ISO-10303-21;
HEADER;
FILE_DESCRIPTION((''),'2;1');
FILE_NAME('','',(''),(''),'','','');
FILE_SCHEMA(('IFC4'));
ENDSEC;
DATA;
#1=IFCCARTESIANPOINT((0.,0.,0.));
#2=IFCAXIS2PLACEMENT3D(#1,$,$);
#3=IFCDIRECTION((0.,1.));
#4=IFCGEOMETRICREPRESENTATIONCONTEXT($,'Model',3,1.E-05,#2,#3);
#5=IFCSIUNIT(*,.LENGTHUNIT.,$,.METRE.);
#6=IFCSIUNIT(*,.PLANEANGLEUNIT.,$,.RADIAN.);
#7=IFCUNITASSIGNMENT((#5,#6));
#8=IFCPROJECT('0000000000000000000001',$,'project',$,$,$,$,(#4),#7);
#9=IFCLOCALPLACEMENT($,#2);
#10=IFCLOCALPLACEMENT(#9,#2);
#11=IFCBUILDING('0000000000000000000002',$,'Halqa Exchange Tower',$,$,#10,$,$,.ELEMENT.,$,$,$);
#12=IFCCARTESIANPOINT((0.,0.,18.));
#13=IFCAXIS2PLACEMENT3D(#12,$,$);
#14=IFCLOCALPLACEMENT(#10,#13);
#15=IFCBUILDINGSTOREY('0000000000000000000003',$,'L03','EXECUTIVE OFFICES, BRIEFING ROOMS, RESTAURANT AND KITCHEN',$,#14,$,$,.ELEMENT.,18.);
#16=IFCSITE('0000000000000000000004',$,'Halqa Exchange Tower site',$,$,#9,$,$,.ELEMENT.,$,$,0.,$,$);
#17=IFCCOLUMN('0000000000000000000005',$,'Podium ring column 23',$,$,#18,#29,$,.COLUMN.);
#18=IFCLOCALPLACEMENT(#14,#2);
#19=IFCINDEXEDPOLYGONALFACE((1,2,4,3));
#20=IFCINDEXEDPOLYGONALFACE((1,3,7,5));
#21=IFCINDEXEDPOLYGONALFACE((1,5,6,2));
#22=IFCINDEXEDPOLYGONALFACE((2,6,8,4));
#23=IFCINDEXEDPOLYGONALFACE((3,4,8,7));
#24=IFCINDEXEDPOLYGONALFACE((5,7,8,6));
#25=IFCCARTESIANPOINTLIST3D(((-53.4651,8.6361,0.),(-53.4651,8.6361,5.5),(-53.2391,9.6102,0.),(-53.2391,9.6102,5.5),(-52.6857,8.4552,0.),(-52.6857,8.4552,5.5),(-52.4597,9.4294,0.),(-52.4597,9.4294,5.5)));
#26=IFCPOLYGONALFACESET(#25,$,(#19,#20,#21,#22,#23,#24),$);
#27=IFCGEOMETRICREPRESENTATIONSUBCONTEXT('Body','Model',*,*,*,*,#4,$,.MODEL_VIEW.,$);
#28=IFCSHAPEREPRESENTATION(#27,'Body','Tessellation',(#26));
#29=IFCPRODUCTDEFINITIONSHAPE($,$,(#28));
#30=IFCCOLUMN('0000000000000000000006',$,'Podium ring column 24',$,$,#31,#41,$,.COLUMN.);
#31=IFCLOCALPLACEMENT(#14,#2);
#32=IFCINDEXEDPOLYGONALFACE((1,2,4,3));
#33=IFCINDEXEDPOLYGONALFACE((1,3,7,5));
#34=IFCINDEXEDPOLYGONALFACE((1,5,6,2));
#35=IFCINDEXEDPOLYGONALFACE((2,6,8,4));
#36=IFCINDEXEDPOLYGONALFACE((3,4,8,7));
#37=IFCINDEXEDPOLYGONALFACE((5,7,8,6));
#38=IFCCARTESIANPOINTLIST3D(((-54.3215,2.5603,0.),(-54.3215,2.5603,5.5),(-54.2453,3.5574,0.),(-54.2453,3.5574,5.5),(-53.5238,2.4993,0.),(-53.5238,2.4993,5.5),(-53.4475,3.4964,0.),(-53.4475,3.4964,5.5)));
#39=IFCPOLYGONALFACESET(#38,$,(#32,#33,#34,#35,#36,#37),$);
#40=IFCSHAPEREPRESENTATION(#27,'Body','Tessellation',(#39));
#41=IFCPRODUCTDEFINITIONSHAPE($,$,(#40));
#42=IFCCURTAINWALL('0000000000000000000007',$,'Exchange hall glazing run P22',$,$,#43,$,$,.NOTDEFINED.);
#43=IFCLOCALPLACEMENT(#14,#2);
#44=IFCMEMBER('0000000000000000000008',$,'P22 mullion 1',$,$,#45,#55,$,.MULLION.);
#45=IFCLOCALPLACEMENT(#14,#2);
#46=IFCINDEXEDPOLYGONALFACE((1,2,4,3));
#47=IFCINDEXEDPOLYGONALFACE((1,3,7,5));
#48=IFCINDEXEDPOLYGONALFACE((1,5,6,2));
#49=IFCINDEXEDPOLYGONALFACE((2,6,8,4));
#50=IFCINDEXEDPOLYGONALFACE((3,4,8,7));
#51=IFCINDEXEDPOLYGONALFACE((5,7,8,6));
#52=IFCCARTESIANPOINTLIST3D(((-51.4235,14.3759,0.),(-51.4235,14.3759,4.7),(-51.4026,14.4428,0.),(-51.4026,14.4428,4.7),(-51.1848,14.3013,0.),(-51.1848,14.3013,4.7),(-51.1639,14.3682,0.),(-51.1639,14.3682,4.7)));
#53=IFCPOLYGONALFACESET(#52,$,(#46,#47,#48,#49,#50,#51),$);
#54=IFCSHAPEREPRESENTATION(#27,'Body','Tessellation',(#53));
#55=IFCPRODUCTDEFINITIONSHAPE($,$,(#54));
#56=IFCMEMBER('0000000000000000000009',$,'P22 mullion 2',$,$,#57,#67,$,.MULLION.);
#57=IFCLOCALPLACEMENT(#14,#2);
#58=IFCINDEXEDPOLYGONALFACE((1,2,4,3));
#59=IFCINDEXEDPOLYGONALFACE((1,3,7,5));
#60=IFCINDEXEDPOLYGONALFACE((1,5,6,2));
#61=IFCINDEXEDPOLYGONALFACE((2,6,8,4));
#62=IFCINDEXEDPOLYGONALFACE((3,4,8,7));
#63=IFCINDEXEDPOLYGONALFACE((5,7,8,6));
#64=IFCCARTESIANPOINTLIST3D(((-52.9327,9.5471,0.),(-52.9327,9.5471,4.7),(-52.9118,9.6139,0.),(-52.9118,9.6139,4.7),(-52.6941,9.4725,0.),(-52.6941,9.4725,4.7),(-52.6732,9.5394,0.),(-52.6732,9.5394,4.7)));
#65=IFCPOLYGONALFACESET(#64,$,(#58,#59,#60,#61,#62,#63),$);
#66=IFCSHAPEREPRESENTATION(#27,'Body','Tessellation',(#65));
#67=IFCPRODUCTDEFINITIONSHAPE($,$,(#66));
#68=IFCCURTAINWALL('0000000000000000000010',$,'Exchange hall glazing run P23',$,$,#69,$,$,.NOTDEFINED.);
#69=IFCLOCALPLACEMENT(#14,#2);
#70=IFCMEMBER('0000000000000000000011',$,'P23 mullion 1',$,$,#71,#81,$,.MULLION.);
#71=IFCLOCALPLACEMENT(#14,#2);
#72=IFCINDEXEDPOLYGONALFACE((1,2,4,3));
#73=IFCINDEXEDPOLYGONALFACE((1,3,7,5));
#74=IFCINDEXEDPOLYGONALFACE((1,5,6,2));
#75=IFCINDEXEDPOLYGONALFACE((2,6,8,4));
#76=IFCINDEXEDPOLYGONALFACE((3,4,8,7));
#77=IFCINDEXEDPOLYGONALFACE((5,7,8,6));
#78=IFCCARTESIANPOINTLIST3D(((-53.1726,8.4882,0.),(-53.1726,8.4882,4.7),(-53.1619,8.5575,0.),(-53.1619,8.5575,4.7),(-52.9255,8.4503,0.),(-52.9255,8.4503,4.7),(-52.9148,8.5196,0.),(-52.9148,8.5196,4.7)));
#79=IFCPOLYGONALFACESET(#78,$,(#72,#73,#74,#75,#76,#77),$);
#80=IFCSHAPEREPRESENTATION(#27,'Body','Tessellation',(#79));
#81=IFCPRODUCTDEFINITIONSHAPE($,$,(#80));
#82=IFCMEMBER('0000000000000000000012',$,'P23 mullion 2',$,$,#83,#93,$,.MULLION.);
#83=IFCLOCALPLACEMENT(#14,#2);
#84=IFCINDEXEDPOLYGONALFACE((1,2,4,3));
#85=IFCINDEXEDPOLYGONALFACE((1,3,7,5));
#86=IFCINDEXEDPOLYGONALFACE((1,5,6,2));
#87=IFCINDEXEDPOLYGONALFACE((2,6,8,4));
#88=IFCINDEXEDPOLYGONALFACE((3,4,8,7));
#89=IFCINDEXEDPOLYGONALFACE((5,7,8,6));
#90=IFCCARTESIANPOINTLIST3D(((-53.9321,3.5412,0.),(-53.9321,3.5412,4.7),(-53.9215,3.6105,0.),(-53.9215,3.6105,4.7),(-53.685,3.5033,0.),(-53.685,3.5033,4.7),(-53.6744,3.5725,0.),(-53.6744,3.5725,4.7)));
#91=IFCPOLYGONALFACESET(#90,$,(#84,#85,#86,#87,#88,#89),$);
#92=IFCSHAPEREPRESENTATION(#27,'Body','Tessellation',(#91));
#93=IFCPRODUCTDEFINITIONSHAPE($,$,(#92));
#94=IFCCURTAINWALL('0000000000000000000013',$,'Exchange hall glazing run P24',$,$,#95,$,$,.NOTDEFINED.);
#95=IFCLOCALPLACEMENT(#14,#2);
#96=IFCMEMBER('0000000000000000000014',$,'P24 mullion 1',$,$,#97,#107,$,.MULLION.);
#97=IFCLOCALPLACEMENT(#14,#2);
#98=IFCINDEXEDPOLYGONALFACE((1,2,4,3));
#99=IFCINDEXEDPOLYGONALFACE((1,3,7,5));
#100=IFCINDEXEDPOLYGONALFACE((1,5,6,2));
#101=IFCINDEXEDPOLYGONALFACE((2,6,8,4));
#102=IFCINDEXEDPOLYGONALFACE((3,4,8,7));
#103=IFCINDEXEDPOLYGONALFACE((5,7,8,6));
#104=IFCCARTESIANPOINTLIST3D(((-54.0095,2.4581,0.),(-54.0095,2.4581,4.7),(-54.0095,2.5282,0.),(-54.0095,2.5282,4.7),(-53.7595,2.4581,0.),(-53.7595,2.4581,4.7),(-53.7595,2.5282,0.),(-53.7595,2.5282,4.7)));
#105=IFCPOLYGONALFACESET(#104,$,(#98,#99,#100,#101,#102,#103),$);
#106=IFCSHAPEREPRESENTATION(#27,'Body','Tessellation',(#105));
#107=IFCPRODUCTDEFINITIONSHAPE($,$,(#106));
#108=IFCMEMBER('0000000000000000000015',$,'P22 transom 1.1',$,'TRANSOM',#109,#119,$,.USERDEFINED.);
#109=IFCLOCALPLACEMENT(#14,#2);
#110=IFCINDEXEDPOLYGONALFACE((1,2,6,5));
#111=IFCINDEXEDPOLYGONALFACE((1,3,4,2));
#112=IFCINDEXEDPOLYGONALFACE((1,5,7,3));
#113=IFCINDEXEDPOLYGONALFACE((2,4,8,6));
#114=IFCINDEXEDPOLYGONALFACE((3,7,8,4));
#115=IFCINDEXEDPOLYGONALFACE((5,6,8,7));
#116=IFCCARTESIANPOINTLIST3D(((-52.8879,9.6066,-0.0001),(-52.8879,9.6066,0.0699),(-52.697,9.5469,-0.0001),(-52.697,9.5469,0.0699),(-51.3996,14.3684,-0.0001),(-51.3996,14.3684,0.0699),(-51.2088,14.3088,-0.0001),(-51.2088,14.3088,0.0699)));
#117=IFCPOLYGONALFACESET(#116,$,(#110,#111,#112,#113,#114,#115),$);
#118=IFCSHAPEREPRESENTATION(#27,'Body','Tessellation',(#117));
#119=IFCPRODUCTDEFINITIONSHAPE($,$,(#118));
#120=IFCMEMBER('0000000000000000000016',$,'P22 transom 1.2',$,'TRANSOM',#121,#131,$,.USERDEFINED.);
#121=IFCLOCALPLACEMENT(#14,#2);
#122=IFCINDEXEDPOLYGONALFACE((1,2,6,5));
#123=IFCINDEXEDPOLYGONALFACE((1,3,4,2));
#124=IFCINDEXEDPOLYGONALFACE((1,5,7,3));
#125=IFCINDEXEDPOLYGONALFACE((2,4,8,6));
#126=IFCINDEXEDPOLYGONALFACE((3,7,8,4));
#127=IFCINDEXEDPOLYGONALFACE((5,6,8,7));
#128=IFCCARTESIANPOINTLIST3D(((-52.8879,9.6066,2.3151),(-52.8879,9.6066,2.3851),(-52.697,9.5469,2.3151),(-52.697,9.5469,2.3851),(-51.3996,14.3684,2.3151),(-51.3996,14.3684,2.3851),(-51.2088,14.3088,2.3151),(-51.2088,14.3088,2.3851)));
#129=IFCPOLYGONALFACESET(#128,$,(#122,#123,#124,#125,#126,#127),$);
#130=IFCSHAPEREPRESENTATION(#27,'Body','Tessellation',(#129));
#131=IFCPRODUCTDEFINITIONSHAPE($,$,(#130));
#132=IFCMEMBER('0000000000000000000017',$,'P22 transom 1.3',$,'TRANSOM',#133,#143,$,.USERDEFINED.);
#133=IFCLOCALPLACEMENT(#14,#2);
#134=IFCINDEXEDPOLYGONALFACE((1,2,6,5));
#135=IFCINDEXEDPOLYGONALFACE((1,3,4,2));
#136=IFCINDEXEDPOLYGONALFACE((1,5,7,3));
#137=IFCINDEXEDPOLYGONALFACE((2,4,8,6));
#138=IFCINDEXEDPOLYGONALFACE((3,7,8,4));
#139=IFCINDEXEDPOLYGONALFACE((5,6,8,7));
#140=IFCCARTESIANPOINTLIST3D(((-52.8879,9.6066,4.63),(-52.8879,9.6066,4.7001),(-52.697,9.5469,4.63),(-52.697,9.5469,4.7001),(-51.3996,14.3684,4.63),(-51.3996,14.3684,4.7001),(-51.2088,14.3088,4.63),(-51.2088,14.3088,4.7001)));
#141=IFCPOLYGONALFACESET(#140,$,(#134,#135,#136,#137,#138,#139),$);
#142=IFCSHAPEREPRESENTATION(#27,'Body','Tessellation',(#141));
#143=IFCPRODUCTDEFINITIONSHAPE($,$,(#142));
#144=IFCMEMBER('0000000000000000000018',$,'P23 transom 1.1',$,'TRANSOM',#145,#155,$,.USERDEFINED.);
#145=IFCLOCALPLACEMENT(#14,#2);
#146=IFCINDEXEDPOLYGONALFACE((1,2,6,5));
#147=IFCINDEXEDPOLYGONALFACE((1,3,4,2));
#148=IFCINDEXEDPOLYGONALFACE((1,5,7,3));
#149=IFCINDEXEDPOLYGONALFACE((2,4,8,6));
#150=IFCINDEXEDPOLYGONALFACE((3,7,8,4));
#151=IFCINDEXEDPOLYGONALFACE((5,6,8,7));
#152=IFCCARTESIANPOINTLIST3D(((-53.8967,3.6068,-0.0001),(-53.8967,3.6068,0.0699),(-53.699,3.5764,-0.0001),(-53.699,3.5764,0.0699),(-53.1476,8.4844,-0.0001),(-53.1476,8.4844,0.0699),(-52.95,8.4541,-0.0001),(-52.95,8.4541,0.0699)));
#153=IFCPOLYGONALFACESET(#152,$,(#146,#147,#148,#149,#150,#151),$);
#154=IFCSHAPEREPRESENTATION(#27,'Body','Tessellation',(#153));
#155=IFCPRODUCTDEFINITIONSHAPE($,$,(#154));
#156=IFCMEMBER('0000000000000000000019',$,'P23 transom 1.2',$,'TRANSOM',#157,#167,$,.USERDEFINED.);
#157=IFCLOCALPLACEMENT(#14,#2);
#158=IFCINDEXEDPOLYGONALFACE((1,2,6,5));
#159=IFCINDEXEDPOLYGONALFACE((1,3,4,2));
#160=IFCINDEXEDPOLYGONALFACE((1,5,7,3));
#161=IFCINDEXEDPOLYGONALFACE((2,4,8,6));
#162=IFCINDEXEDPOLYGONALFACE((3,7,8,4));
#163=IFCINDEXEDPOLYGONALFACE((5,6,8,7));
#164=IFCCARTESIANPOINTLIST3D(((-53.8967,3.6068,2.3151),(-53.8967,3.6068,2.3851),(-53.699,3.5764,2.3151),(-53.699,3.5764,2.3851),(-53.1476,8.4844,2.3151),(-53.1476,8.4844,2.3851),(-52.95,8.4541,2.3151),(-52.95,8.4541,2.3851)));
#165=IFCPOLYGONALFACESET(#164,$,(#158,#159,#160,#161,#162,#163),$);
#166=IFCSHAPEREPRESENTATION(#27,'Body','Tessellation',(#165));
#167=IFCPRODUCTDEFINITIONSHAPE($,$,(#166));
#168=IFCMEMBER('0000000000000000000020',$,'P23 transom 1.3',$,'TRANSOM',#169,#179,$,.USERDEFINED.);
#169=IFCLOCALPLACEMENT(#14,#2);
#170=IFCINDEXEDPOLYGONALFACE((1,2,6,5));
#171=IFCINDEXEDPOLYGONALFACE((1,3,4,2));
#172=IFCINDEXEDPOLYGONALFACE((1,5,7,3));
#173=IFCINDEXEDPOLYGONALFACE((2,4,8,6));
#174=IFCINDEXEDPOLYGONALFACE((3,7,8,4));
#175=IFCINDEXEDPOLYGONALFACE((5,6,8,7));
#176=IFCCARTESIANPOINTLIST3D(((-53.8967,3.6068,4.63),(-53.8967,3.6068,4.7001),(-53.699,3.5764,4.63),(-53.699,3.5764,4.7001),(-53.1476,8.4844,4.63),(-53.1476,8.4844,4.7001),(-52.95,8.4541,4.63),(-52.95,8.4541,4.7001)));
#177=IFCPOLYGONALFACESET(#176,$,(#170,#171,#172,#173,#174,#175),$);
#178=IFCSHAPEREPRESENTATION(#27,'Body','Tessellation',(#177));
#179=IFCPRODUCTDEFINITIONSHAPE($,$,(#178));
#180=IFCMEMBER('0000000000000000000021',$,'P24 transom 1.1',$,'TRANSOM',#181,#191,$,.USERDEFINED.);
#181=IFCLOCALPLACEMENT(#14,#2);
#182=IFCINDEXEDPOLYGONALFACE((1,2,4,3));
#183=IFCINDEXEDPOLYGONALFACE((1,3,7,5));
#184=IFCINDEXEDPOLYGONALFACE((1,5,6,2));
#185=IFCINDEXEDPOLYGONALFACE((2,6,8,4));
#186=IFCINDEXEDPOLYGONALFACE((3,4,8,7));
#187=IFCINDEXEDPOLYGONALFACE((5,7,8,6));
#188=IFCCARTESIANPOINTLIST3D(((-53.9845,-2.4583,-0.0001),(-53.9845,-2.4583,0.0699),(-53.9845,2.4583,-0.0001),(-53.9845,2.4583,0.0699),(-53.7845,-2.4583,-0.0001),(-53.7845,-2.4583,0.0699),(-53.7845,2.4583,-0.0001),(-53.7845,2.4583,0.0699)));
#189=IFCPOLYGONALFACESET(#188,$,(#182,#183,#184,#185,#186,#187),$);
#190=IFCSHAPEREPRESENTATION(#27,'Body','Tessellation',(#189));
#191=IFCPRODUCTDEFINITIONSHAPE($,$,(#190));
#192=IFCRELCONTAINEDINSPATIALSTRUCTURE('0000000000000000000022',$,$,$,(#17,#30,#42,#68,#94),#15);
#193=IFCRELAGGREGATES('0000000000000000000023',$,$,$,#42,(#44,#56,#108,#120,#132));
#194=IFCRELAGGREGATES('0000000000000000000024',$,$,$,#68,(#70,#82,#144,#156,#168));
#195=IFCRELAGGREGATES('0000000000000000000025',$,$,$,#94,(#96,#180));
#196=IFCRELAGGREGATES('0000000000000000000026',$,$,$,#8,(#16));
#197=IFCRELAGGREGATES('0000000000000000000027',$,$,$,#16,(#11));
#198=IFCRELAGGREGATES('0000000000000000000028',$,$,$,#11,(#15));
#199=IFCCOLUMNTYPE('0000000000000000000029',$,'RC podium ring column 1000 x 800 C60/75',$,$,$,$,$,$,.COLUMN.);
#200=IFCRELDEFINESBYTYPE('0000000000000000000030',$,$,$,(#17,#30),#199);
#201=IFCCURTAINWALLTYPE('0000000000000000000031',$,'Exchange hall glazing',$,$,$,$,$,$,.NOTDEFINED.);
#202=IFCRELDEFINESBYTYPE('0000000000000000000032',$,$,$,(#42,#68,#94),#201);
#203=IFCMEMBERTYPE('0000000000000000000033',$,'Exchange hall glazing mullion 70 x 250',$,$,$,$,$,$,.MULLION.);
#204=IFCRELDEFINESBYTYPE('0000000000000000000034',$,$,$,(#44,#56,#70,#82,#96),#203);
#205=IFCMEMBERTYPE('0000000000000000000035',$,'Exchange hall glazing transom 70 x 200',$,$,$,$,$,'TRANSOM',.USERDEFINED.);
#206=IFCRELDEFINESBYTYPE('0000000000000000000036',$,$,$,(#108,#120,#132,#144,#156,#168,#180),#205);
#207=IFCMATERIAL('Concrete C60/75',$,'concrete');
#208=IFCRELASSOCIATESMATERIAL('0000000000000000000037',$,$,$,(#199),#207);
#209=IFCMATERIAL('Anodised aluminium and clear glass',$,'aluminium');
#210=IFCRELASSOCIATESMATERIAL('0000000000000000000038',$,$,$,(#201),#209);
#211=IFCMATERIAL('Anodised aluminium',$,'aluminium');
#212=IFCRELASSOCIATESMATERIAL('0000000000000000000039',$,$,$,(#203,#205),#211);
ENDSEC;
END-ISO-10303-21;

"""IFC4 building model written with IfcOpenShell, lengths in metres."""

from ifc_helpers import new_model, si_unit, direction, frame, origin, origin_2d, place, context, subcontext, project, spatial, rectangle, extrude, material, material_profile, profile_set, type_object, element, aggregate, save


model = new_model("IFC4")

# Units and contexts
model_context = context("Model", 3, precision=1e-05, world=origin(), true_north=direction((0.0, 1.0)))
body_context = subcontext(model_context, "Body", "Model", "MODEL_VIEW")
ifc_project = project(units=[si_unit("LENGTHUNIT", "METRE"), si_unit("PLANEANGLEUNIT", "RADIAN")], contexts=[model_context])

# Site, building, storey
site_placement = place(None, origin())
site = spatial("IfcSite", under=ifc_project, at=site_placement, Name="Halqa Exchange Tower site", CompositionType="ELEMENT", RefElevation=0.0)
building_placement = place(site_placement, origin())
building = spatial("IfcBuilding", under=site, at=building_placement, Name="Halqa Exchange Tower", CompositionType="ELEMENT")
storey_placement = place(building_placement, frame((0.0, 0.0, 18.0)))
storey = spatial("IfcBuildingStorey", under=building, at=storey_placement, Name="L03", Description="EXECUTIVE OFFICES, BRIEFING ROOMS, RESTAURANT AND KITCHEN", CompositionType="ELEMENT", Elevation=18.0)

# Columns
ifc_material_1 = material(Name="Concrete C60/75", Category="concrete")
ifc_material_profile_1 = material_profile(ifc_material_1, rectangle(XDim=1.0, YDim=0.8, at=origin_2d()), Name="1000 x 800")
ifc_profile_set_1 = profile_set([ifc_material_profile_1], Name="Concrete C60/75")
column_type = type_object("IfcColumnType", Name="RC podium ring column 1000 x 800 C60/75", PredefinedType="COLUMN", material=ifc_profile_set_1)
for number, where, z_axis, x_axis, name in (
    (1, (-52.9624, 9.0327, 0.0), (0.0, 0.0, 1.0), (-0.225997, -0.974128, 0.0), "Podium ring column 23"),
    (2, (-53.8845, 3.0283, 0.0), (0.0, 0.0, 1.0), (-0.076223, -0.997091, 0.0), "Podium ring column 24"),
):
    element("IfcColumn", number, at=place(storey_placement, frame(where, z_axis=z_axis, x_axis=x_axis)), inside=storey, type_object=column_type, Name=name, PredefinedType="COLUMN", context=body_context, shape_type="SweptSolid", body=[
        extrude(rectangle(XDim=1.0, YDim=0.8, at=origin_2d()), origin(), (0.0, 0.0, 1.0), 5.5),
    ])

# Curtain walls, members
ifc_material_2 = material(Name="Anodised aluminium and clear glass", Category="aluminium")
curtain_wall_type = type_object("IfcCurtainWallType", Name="Exchange hall glazing", PredefinedType="NOTDEFINED", material=ifc_material_2)
curtain_wall_1_placement = place(storey_placement, origin())
curtain_wall_1 = element("IfcCurtainWall", 3, at=curtain_wall_1_placement, inside=storey, type_object=curtain_wall_type, Name="Exchange hall glazing run P22", PredefinedType="NOTDEFINED")
ifc_material_3 = material(Name="Anodised aluminium", Category="aluminium")
ifc_material_profile_2 = material_profile(ifc_material_3, rectangle(XDim=0.25, YDim=0.0701, at=origin_2d()), Name="AL 70x250")
ifc_profile_set_2 = profile_set([ifc_material_profile_2], Name="Anodised aluminium")
member_type_1 = type_object("IfcMemberType", Name="Exchange hall glazing mullion 70 x 250", PredefinedType="MULLION", material=ifc_profile_set_2)
member_1_placement = place(storey_placement, frame((-51.2937, 14.3721, 0.0), z_axis=(0.0, 0.0, 1.0), x_axis=(0.954471, -0.298303, 0.0)))
member_1 = element("IfcMember", 4, at=member_1_placement, type_object=member_type_1, Name="P22 mullion 1", PredefinedType="MULLION", context=body_context, shape_type="SweptSolid", body=[
    extrude(rectangle(XDim=0.25, YDim=0.0701, at=origin_2d()), origin(), (0.0, 0.0, 1.0), 4.7),
])
member_2_placement = place(storey_placement, frame((-52.803, 9.5432, 0.0), z_axis=(0.0, 0.0, 1.0), x_axis=(0.954471, -0.298303, 0.0)))
member_2 = element("IfcMember", 5, at=member_2_placement, type_object=member_type_1, Name="P22 mullion 2", PredefinedType="MULLION", context=body_context, shape_type="SweptSolid", body=[
    extrude(rectangle(XDim=0.25, YDim=0.0701, at=origin_2d()), origin(), (0.0, 0.0, 1.0), 4.7),
])
curtain_wall_2_placement = place(storey_placement, origin())
curtain_wall_2 = element("IfcCurtainWall", 6, at=curtain_wall_2_placement, inside=storey, type_object=curtain_wall_type, Name="Exchange hall glazing run P23", PredefinedType="NOTDEFINED")
member_3_placement = place(storey_placement, frame((-53.0437, 8.5039, 0.0), z_axis=(0.0, 0.0, 1.0), x_axis=(0.988416, -0.151767, 0.0)))
member_3 = element("IfcMember", 7, at=member_3_placement, type_object=member_type_1, Name="P23 mullion 1", PredefinedType="MULLION", context=body_context, shape_type="SweptSolid", body=[
    extrude(rectangle(XDim=0.25, YDim=0.0701, at=origin_2d()), origin(), (0.0, 0.0, 1.0), 4.7),
])
member_4_placement = place(storey_placement, frame((-53.8032, 3.5569, 0.0), z_axis=(0.0, 0.0, 1.0), x_axis=(0.988416, -0.151767, 0.0)))
member_4 = element("IfcMember", 8, at=member_4_placement, type_object=member_type_1, Name="P23 mullion 2", PredefinedType="MULLION", context=body_context, shape_type="SweptSolid", body=[
    extrude(rectangle(XDim=0.25, YDim=0.0701, at=origin_2d()), origin(), (0.0, 0.0, 1.0), 4.7),
])

# Curtain wall, member
curtain_wall_3_placement = place(storey_placement, origin())
curtain_wall_3 = element("IfcCurtainWall", 9, at=curtain_wall_3_placement, inside=storey, type_object=curtain_wall_type, Name="Exchange hall glazing run P24", PredefinedType="NOTDEFINED")
member_5_placement = place(storey_placement, frame((-53.8845, 2.4932, 0.0), z_axis=(0.0, 0.0, 1.0), x_axis=(1.0, 0.0, 0.0)))
member_5 = element("IfcMember", 10, at=member_5_placement, type_object=member_type_1, Name="P24 mullion 1", PredefinedType="MULLION", context=body_context, shape_type="SweptSolid", body=[
    extrude(rectangle(XDim=0.25, YDim=0.0701, at=origin_2d()), origin(), (0.0, 0.0, 1.0), 4.7),
])

# Members
ifc_material_profile_3 = material_profile(ifc_material_3, rectangle(XDim=0.2, YDim=0.0701, at=origin_2d()), Name="AL 70x200")
ifc_profile_set_3 = profile_set([ifc_material_profile_3], Name="Anodised aluminium")
member_type_2 = type_object("IfcMemberType", Name="Exchange hall glazing transom 70 x 200", ElementType="TRANSOM", PredefinedType="USERDEFINED", material=ifc_profile_set_3)
member_6_placement = place(storey_placement, frame((-51.3042, 14.3386, 0.0349), z_axis=(-0.298306, -0.95447, 0.0), x_axis=(0.95447, -0.298306, 0.0)))
member_6 = element("IfcMember", 11, at=member_6_placement, type_object=member_type_2, Name="P22 transom 1.1", ObjectType="TRANSOM", PredefinedType="USERDEFINED", context=body_context, shape_type="SweptSolid", body=[
    extrude(rectangle(XDim=0.2, YDim=0.0701, at=origin_2d()), origin(), (0.0, 0.0, 1.0), 4.989),
])
member_7_placement = place(storey_placement, frame((-51.3042, 14.3386, 2.3501), z_axis=(-0.298306, -0.95447, 0.0), x_axis=(0.95447, -0.298306, 0.0)))
member_7 = element("IfcMember", 12, at=member_7_placement, type_object=member_type_2, Name="P22 transom 1.2", ObjectType="TRANSOM", PredefinedType="USERDEFINED", context=body_context, shape_type="SweptSolid", body=[
    extrude(rectangle(XDim=0.2, YDim=0.0701, at=origin_2d()), origin(), (0.0, 0.0, 1.0), 4.989),
])
member_8_placement = place(storey_placement, frame((-51.3042, 14.3386, 4.665), z_axis=(-0.298306, -0.95447, 0.0), x_axis=(0.95447, -0.298306, 0.0)))
member_8 = element("IfcMember", 13, at=member_8_placement, type_object=member_type_2, Name="P22 transom 1.3", ObjectType="TRANSOM", PredefinedType="USERDEFINED", context=body_context, shape_type="SweptSolid", body=[
    extrude(rectangle(XDim=0.2, YDim=0.0701, at=origin_2d()), origin(), (0.0, 0.0, 1.0), 4.989),
])
member_9_placement = place(storey_placement, frame((-53.0488, 8.4692, 0.0349), z_axis=(-0.151782, -0.988414, 0.0), x_axis=(0.988414, -0.151782, 0.0)))
member_9 = element("IfcMember", 14, at=member_9_placement, type_object=member_type_2, Name="P23 transom 1.1", ObjectType="TRANSOM", PredefinedType="USERDEFINED", context=body_context, shape_type="SweptSolid", body=[
    extrude(rectangle(XDim=0.2, YDim=0.0701, at=origin_2d()), origin(), (0.0, 0.0, 1.0), 4.9348),
])
member_10_placement = place(storey_placement, frame((-53.0488, 8.4692, 2.3501), z_axis=(-0.151782, -0.988414, 0.0), x_axis=(0.988414, -0.151782, 0.0)))
member_10 = element("IfcMember", 15, at=member_10_placement, type_object=member_type_2, Name="P23 transom 1.2", ObjectType="TRANSOM", PredefinedType="USERDEFINED", context=body_context, shape_type="SweptSolid", body=[
    extrude(rectangle(XDim=0.2, YDim=0.0701, at=origin_2d()), origin(), (0.0, 0.0, 1.0), 4.9348),
])
member_11_placement = place(storey_placement, frame((-53.0488, 8.4692, 4.665), z_axis=(-0.151782, -0.988414, 0.0), x_axis=(0.988414, -0.151782, 0.0)))
member_11 = element("IfcMember", 16, at=member_11_placement, type_object=member_type_2, Name="P23 transom 1.3", ObjectType="TRANSOM", PredefinedType="USERDEFINED", context=body_context, shape_type="SweptSolid", body=[
    extrude(rectangle(XDim=0.2, YDim=0.0701, at=origin_2d()), origin(), (0.0, 0.0, 1.0), 4.9348),
])
member_12_placement = place(storey_placement, frame((-53.8845, 2.4583, 0.0349), z_axis=(0.0, -1.0, 0.0), x_axis=(1.0, 0.0, 0.0)))
member_12 = element("IfcMember", 17, at=member_12_placement, type_object=member_type_2, Name="P24 transom 1.1", ObjectType="TRANSOM", PredefinedType="USERDEFINED", context=body_context, shape_type="SweptSolid", body=[
    extrude(rectangle(XDim=0.2, YDim=0.0701, at=origin_2d()), origin(), (0.0, 0.0, 1.0), 4.9165),
])

aggregate(curtain_wall_1, [member_1, member_2, member_6, member_7, member_8])
aggregate(curtain_wall_2, [member_3, member_4, member_9, member_10, member_11])
aggregate(curtain_wall_3, [member_5, member_12])

save(model, "model.ifc")
